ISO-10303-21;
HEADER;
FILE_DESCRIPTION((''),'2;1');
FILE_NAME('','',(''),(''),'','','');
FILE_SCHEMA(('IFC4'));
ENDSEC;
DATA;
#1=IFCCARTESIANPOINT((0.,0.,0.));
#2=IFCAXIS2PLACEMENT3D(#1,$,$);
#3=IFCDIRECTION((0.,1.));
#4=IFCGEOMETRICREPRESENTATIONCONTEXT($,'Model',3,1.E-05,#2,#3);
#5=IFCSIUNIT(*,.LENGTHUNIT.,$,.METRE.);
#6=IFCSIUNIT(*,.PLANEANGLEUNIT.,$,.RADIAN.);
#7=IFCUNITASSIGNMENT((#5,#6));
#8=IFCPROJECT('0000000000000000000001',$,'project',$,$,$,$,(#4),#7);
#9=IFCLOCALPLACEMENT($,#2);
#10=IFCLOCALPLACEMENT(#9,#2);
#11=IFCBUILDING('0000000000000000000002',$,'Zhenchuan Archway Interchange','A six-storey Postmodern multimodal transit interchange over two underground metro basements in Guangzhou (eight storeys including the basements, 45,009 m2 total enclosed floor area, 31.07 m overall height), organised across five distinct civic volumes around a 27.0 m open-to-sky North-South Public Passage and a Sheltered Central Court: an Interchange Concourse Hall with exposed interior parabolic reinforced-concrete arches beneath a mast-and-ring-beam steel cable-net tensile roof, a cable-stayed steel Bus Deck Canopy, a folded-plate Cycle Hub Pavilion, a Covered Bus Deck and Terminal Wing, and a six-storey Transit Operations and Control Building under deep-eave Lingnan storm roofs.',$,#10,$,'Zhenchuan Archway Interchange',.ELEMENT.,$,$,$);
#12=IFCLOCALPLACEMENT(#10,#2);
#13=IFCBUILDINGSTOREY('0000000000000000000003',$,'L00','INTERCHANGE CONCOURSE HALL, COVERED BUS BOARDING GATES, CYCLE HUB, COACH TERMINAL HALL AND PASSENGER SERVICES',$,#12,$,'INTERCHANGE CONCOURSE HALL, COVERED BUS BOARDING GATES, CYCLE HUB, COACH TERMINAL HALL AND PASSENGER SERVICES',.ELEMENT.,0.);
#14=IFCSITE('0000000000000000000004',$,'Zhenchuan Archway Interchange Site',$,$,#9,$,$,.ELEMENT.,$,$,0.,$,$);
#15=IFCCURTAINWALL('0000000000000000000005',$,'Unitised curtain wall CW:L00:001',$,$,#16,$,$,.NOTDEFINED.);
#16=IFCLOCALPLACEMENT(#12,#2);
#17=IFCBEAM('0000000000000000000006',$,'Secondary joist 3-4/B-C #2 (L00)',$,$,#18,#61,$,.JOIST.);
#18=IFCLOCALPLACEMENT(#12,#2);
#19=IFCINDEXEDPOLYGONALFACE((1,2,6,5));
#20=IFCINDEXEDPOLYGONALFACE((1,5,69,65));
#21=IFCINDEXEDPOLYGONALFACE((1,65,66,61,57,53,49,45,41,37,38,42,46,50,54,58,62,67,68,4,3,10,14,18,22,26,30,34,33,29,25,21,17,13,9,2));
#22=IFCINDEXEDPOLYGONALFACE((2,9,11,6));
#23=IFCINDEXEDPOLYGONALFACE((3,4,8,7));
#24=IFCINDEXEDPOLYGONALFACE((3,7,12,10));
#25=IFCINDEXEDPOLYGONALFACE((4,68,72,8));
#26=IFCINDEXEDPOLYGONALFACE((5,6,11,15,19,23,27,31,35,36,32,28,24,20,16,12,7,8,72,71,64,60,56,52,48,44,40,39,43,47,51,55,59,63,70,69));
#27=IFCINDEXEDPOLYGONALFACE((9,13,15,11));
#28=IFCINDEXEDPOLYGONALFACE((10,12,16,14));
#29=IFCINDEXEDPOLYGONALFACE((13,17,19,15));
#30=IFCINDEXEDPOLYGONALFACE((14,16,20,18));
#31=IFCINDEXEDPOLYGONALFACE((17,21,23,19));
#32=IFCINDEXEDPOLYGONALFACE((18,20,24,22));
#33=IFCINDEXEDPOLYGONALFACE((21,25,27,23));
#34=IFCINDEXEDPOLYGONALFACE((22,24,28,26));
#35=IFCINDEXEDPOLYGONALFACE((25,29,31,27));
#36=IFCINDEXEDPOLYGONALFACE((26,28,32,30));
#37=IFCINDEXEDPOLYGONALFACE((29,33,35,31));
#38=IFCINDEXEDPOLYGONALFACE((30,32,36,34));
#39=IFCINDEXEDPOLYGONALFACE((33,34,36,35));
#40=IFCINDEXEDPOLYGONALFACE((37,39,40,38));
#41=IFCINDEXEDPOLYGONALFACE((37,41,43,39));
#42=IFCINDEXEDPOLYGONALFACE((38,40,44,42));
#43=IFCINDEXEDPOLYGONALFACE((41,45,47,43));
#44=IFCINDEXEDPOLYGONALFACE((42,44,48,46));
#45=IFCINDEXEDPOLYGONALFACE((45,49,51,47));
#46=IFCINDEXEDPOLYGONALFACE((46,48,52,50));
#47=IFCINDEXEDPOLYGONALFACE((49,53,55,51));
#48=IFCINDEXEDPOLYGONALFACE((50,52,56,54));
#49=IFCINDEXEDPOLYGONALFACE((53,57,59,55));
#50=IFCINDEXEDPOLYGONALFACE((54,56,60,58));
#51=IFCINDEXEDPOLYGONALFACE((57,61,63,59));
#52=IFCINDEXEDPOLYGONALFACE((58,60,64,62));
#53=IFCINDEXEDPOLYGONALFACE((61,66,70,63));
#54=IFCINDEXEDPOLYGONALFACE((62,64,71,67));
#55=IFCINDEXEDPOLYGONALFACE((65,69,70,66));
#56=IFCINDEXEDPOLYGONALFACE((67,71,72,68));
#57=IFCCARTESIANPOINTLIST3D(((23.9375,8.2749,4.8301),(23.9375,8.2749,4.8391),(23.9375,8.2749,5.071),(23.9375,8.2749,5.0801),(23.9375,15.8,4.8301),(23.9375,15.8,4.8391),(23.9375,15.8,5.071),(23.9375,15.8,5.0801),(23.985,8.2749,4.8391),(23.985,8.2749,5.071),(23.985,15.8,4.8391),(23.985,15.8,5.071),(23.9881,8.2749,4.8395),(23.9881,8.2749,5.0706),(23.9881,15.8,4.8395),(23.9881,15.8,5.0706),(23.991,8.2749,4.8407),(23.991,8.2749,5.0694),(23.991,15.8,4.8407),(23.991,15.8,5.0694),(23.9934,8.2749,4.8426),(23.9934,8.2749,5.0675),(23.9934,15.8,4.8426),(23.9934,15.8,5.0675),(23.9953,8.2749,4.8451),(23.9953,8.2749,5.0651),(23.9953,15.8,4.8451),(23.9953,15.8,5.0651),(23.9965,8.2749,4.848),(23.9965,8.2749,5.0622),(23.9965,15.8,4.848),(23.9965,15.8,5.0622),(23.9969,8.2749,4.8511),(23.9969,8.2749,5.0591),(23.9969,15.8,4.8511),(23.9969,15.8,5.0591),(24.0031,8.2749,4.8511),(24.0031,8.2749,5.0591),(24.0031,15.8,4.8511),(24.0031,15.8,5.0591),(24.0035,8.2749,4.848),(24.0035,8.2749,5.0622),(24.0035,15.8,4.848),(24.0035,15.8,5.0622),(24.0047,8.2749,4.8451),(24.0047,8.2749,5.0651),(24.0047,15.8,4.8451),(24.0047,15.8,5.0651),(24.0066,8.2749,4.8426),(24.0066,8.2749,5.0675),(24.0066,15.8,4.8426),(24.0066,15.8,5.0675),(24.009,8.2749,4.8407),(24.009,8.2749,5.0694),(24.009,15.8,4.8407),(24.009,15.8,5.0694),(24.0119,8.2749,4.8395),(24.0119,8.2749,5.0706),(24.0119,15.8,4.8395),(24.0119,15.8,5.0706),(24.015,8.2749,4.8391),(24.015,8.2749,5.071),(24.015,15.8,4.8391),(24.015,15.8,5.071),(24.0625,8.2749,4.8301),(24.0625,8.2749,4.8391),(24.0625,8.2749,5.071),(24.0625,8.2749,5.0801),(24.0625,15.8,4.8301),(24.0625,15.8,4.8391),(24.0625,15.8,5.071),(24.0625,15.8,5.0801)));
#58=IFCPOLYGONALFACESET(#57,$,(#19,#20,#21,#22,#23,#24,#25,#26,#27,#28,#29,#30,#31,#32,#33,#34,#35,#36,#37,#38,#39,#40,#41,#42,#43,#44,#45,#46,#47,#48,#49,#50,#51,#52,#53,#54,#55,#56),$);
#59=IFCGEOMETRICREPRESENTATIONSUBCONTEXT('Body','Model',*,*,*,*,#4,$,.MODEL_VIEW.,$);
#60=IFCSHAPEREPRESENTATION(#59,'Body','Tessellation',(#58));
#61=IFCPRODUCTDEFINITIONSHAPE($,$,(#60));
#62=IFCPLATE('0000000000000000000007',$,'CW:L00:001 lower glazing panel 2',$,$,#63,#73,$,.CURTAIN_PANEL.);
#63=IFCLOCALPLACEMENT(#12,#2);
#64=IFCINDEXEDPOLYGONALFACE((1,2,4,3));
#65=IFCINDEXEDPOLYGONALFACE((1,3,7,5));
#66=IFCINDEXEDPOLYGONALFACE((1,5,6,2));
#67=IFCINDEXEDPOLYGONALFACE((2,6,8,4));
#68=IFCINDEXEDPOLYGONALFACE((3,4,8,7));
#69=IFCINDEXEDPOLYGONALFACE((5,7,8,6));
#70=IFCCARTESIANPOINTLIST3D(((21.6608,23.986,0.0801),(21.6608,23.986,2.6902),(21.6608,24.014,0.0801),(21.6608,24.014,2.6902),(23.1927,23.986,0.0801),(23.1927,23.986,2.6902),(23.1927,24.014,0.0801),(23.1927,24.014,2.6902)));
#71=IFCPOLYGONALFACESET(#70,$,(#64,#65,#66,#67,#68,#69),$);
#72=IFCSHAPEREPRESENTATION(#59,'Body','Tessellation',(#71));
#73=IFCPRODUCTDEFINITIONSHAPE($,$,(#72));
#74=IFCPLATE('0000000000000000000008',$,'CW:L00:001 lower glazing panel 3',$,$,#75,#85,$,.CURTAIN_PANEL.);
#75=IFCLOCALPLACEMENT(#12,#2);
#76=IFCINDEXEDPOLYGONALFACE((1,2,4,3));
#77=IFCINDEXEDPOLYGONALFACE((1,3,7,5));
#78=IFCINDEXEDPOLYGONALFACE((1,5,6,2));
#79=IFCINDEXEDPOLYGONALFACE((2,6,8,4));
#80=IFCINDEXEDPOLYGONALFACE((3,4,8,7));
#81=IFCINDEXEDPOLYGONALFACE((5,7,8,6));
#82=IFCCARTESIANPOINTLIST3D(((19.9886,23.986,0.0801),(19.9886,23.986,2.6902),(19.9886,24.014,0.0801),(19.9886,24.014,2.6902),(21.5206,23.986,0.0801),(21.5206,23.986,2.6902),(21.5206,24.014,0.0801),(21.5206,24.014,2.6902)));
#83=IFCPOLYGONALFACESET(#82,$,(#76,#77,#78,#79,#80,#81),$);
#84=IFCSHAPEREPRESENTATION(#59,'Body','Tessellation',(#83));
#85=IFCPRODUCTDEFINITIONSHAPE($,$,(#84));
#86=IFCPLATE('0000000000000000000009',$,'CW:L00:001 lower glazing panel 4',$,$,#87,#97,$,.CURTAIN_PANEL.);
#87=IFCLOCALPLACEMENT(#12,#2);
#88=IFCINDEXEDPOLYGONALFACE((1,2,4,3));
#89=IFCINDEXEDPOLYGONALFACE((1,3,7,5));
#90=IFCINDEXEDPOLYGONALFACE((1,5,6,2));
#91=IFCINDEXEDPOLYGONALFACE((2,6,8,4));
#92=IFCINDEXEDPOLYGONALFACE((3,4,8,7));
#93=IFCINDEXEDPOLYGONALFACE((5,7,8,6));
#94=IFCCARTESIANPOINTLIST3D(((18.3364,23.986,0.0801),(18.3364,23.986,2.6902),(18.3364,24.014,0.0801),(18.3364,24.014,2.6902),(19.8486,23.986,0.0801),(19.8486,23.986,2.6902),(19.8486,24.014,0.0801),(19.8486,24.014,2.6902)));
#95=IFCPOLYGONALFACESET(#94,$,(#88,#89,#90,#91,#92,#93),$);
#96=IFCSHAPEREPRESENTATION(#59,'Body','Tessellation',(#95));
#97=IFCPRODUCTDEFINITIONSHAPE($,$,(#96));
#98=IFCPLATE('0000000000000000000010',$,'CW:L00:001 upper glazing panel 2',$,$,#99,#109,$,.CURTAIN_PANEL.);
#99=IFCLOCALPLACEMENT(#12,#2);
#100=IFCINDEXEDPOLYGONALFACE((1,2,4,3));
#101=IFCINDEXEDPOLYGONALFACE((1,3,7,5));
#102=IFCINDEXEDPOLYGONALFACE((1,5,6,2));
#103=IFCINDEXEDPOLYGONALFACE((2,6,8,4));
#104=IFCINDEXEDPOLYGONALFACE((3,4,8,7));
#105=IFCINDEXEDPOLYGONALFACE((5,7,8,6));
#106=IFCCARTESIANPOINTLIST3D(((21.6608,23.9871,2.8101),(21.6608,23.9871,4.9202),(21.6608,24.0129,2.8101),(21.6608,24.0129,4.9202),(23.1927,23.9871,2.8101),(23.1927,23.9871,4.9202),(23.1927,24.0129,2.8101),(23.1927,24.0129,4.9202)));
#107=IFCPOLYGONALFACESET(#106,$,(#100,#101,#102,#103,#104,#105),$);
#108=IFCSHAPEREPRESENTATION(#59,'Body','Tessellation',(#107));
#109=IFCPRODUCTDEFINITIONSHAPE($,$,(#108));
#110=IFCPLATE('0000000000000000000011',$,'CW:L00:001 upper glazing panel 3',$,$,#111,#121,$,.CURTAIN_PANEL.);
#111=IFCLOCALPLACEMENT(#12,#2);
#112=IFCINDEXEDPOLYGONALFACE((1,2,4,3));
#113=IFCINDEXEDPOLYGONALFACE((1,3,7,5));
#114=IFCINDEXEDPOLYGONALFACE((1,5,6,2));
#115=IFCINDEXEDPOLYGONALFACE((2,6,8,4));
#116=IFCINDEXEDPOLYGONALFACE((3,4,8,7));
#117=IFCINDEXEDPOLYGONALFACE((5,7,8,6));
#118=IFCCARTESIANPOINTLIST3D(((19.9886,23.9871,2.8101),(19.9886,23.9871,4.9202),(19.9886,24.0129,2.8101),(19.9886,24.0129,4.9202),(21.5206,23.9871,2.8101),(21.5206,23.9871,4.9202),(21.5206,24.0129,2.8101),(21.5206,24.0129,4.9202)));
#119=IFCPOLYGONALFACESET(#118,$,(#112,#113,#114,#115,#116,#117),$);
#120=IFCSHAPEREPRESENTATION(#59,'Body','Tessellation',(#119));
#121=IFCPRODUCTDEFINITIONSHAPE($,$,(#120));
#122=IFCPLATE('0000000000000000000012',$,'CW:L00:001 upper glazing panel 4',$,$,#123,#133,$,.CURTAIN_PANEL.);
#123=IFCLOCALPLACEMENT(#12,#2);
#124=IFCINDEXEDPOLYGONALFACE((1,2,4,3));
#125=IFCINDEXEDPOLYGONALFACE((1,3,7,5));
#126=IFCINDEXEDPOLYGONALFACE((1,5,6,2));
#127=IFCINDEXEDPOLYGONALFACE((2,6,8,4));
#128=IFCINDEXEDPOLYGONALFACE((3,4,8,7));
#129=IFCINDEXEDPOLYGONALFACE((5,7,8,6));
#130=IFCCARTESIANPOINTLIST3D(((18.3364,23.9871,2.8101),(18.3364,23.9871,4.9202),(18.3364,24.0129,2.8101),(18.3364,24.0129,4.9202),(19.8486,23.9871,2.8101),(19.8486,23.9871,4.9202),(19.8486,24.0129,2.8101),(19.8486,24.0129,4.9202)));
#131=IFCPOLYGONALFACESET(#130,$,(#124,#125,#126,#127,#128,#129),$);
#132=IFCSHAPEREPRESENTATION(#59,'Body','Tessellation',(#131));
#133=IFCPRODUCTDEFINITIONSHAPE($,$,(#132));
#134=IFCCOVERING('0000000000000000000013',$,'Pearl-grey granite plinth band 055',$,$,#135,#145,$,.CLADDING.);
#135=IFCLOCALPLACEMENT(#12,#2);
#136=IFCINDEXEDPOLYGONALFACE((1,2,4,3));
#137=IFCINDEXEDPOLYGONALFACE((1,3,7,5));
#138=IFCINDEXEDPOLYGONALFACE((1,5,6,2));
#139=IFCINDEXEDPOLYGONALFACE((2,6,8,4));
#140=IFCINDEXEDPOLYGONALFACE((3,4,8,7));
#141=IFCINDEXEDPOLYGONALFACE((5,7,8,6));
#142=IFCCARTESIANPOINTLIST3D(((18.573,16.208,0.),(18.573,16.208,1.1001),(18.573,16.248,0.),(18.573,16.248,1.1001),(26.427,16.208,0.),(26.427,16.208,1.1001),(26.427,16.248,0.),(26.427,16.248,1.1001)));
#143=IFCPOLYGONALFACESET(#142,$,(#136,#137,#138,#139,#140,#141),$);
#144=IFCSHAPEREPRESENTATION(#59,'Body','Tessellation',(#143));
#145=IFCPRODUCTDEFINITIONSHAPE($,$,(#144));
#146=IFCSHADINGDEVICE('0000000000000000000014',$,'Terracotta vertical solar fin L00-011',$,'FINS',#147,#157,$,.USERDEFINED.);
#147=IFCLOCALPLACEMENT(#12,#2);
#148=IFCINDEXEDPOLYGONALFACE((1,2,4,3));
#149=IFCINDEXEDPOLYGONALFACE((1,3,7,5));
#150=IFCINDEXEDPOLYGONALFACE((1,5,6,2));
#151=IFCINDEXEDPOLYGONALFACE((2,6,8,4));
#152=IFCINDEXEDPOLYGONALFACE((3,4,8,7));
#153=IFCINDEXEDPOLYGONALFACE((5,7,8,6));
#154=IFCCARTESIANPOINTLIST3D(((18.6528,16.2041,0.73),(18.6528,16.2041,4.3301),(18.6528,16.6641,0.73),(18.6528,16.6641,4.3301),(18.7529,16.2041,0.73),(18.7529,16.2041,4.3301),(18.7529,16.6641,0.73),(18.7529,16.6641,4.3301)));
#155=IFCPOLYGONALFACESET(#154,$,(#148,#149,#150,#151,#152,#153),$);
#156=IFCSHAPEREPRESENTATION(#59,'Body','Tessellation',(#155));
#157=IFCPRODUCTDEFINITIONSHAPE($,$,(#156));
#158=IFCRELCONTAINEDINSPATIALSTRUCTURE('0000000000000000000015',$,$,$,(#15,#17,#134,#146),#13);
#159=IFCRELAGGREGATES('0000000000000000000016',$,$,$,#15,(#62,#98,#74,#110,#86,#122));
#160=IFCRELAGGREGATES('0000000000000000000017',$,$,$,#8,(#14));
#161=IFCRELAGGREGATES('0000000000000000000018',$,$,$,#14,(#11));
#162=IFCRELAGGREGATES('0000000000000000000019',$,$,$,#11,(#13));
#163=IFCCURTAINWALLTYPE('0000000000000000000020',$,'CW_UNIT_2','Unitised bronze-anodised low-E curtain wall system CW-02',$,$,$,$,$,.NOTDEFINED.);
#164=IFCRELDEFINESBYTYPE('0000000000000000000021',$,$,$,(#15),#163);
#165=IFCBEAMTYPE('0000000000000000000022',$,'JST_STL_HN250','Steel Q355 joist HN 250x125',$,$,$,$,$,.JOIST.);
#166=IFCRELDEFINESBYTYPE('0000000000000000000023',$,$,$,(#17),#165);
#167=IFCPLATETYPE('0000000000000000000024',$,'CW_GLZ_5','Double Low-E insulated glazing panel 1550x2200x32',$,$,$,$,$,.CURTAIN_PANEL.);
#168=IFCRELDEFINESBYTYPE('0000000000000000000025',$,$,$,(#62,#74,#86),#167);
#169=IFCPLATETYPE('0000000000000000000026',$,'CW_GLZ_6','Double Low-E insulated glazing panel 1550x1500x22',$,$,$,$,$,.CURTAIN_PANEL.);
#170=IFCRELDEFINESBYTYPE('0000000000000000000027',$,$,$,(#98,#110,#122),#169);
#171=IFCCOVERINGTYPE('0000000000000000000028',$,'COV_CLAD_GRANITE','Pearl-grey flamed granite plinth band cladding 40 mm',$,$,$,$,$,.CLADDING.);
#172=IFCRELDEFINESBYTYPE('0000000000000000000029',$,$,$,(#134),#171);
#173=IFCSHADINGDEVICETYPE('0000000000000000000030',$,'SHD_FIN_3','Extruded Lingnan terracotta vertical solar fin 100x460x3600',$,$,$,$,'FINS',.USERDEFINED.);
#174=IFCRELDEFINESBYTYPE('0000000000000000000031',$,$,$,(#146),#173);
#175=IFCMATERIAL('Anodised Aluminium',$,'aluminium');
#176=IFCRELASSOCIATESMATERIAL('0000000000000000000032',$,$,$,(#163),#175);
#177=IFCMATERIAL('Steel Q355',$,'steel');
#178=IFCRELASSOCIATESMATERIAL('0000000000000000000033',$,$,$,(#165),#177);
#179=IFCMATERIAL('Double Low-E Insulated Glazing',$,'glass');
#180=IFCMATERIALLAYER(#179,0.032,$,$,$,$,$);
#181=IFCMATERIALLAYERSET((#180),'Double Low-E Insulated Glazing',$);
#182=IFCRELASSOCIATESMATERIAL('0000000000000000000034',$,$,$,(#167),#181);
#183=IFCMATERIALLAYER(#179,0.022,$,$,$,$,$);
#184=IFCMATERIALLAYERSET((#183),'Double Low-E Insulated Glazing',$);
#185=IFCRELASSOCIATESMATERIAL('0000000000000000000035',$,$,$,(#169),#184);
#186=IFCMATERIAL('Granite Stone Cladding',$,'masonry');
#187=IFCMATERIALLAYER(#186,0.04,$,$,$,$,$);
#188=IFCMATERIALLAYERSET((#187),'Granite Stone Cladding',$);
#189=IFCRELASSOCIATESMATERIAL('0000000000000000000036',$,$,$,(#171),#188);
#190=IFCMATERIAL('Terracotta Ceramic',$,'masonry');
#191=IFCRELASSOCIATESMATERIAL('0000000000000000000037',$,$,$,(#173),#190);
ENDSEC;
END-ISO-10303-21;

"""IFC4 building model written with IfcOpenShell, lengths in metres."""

from ifc_helpers import new_model, si_unit, direction, frame, origin, origin_2d, place, context, subcontext, project, spatial, rectangle, i_section, extrude, material, layer, layer_set, material_profile, profile_set, type_object, element, aggregate, save


model = new_model("IFC4")

# Units and contexts
model_context = context("Model", 3, precision=1e-05, world=origin(), true_north=direction((0.0, 1.0)))
body_context = subcontext(model_context, "Body", "Model", "MODEL_VIEW")
ifc_project = project(units=[si_unit("LENGTHUNIT", "METRE"), si_unit("PLANEANGLEUNIT", "RADIAN")], contexts=[model_context])

# Site, building, storey
site_placement = place(None, origin())
site = spatial("IfcSite", under=ifc_project, at=site_placement, Name="Zhenchuan Archway Interchange Site", CompositionType="ELEMENT", RefElevation=0.0)
building_placement = place(site_placement, origin())
building = spatial("IfcBuilding", under=site, at=building_placement, Name="Zhenchuan Archway Interchange", Description="A six-storey Postmodern multimodal transit interchange over two underground metro basements in Guangzhou (eight storeys including the basements, 45,009 m2 total enclosed floor area, 31.07 m overall height), organised across five distinct civic volumes around a 27.0 m open-to-sky North-South Public Passage and a Sheltered Central Court: an Interchange Concourse Hall with exposed interior parabolic reinforced-concrete arches beneath a mast-and-ring-beam steel cable-net tensile roof, a cable-stayed steel Bus Deck Canopy, a folded-plate Cycle Hub Pavilion, a Covered Bus Deck and Terminal Wing, and a six-storey Transit Operations and Control Building under deep-eave Lingnan storm roofs.", LongName="Zhenchuan Archway Interchange", CompositionType="ELEMENT")
storey_placement = place(building_placement, origin())
storey = spatial("IfcBuildingStorey", under=building, at=storey_placement, Name="L00", Description="INTERCHANGE CONCOURSE HALL, COVERED BUS BOARDING GATES, CYCLE HUB, COACH TERMINAL HALL AND PASSENGER SERVICES", LongName="INTERCHANGE CONCOURSE HALL, COVERED BUS BOARDING GATES, CYCLE HUB, COACH TERMINAL HALL AND PASSENGER SERVICES", CompositionType="ELEMENT", Elevation=0.0)

# Curtain wall
ifc_material_1 = material(Name="Anodised Aluminium", Category="aluminium")
curtain_wall_type = type_object("IfcCurtainWallType", Name="CW_UNIT_2", Description="Unitised bronze-anodised low-E curtain wall system CW-02", PredefinedType="NOTDEFINED", material=ifc_material_1)
curtain_wall_placement = place(storey_placement, origin())
curtain_wall = element("IfcCurtainWall", 1, at=curtain_wall_placement, inside=storey, type_object=curtain_wall_type, Name="Unitised curtain wall CW:L00:001", PredefinedType="NOTDEFINED")

# Beam
ifc_material_2 = material(Name="Steel Q355", Category="steel")
ifc_material_profile_1 = material_profile(ifc_material_2, i_section(OverallWidth=0.125, OverallDepth=0.25, WebThickness=0.0061, FlangeThickness=0.009, FilletRadius=0.012, at=origin_2d()), Name="HN 250x125")
ifc_profile_set_1 = profile_set([ifc_material_profile_1], Name="Steel Q355")
beam_type = type_object("IfcBeamType", Name="JST_STL_HN250", Description="Steel Q355 joist HN 250x125", PredefinedType="JOIST", material=ifc_profile_set_1)
for number, where, z_axis, x_axis, name in (
    (2, (24.0, 8.2749, 4.9551), (0.0, 1.0, 0.0), (-1.0, 0.0, 0.0), "Secondary joist 3-4/B-C #2 (L00)"),
):
    element("IfcBeam", number, at=place(storey_placement, frame(where, z_axis=z_axis, x_axis=x_axis)), inside=storey, type_object=beam_type, Name=name, PredefinedType="JOIST", context=body_context, shape_type="SweptSolid", body=[
        extrude(i_section(OverallWidth=0.125, OverallDepth=0.25, WebThickness=0.0061, FlangeThickness=0.009, FilletRadius=0.012, at=origin_2d()), origin(), (0.0, 0.0, 1.0), 7.5251),
    ])

# Plates
ifc_material_3 = material(Name="Double Low-E Insulated Glazing", Category="glass")
ifc_layer_1 = layer(ifc_material_3, 0.032)
ifc_layer_set_1 = layer_set([ifc_layer_1], Name="Double Low-E Insulated Glazing")
plate_type_1 = type_object("IfcPlateType", Name="CW_GLZ_5", Description="Double Low-E insulated glazing panel 1550x2200x32", PredefinedType="CURTAIN_PANEL", material=ifc_layer_set_1)
plate_1_placement = place(storey_placement, frame((22.4268, 24.0, 0.0801), z_axis=(0.0, 0.0, 1.0), x_axis=(-1.0, 0.0, 0.0)))
plate_1 = element("IfcPlate", 3, at=plate_1_placement, type_object=plate_type_1, Name="CW:L00:001 lower glazing panel 2", PredefinedType="CURTAIN_PANEL", context=body_context, shape_type="SweptSolid", body=[
    extrude(rectangle(XDim=1.532, YDim=0.0281, at=origin_2d()), origin(), (0.0, 0.0, 1.0), 2.6101),
])
plate_2_placement = place(storey_placement, frame((20.7546, 24.0, 0.0801), z_axis=(0.0, 0.0, 1.0), x_axis=(-1.0, 0.0, 0.0)))
plate_2 = element("IfcPlate", 4, at=plate_2_placement, type_object=plate_type_1, Name="CW:L00:001 lower glazing panel 3", PredefinedType="CURTAIN_PANEL", context=body_context, shape_type="SweptSolid", body=[
    extrude(rectangle(XDim=1.532, YDim=0.0281, at=origin_2d()), origin(), (0.0, 0.0, 1.0), 2.6101),
])
plate_3_placement = place(storey_placement, frame((19.0925, 24.0, 0.0801), z_axis=(0.0, 0.0, 1.0), x_axis=(-1.0, 0.0, 0.0)))
plate_3 = element("IfcPlate", 5, at=plate_3_placement, type_object=plate_type_1, Name="CW:L00:001 lower glazing panel 4", PredefinedType="CURTAIN_PANEL", context=body_context, shape_type="SweptSolid", body=[
    extrude(rectangle(XDim=1.5122, YDim=0.0281, at=origin_2d()), origin(), (0.0, 0.0, 1.0), 2.6101),
])
ifc_layer_2 = layer(ifc_material_3, 0.022)
ifc_layer_set_2 = layer_set([ifc_layer_2], Name="Double Low-E Insulated Glazing")
plate_type_2 = type_object("IfcPlateType", Name="CW_GLZ_6", Description="Double Low-E insulated glazing panel 1550x1500x22", PredefinedType="CURTAIN_PANEL", material=ifc_layer_set_2)
plate_4_placement = place(storey_placement, frame((22.4268, 24.0, 2.8101), z_axis=(0.0, 0.0, 1.0), x_axis=(-1.0, 0.0, 0.0)))
plate_4 = element("IfcPlate", 6, at=plate_4_placement, type_object=plate_type_2, Name="CW:L00:001 upper glazing panel 2", PredefinedType="CURTAIN_PANEL", context=body_context, shape_type="SweptSolid", body=[
    extrude(rectangle(XDim=1.532, YDim=0.0259, at=origin_2d()), origin(), (0.0, 0.0, 1.0), 2.1101),
])
plate_5_placement = place(storey_placement, frame((20.7546, 24.0, 2.8101), z_axis=(0.0, 0.0, 1.0), x_axis=(-1.0, 0.0, 0.0)))
plate_5 = element("IfcPlate", 7, at=plate_5_placement, type_object=plate_type_2, Name="CW:L00:001 upper glazing panel 3", PredefinedType="CURTAIN_PANEL", context=body_context, shape_type="SweptSolid", body=[
    extrude(rectangle(XDim=1.532, YDim=0.0259, at=origin_2d()), origin(), (0.0, 0.0, 1.0), 2.1101),
])
plate_6_placement = place(storey_placement, frame((19.0925, 24.0, 2.8101), z_axis=(0.0, 0.0, 1.0), x_axis=(-1.0, 0.0, 0.0)))
plate_6 = element("IfcPlate", 8, at=plate_6_placement, type_object=plate_type_2, Name="CW:L00:001 upper glazing panel 4", PredefinedType="CURTAIN_PANEL", context=body_context, shape_type="SweptSolid", body=[
    extrude(rectangle(XDim=1.5122, YDim=0.0259, at=origin_2d()), origin(), (0.0, 0.0, 1.0), 2.1101),
])
aggregate(curtain_wall, [plate_1, plate_4, plate_2, plate_5, plate_3, plate_6])

# Covering
ifc_material_4 = material(Name="Granite Stone Cladding", Category="masonry")
ifc_layer_3 = layer(ifc_material_4, 0.04)
ifc_layer_set_3 = layer_set([ifc_layer_3], Name="Granite Stone Cladding")
covering_type = type_object("IfcCoveringType", Name="COV_CLAD_GRANITE", Description="Pearl-grey flamed granite plinth band cladding 40 mm", PredefinedType="CLADDING", material=ifc_layer_set_3)
covering_placement = place(storey_placement, frame((22.5, 16.228, 0.0), z_axis=(0.0, 0.0, 1.0), x_axis=(1.0, 0.0, 0.0)))
element("IfcCovering", 9, at=covering_placement, inside=storey, type_object=covering_type, Name="Pearl-grey granite plinth band 055", PredefinedType="CLADDING", context=body_context, shape_type="SweptSolid", body=[
    extrude(rectangle(XDim=7.854, YDim=0.04, at=origin_2d()), origin(), (0.0, 0.0, 1.0), 1.1001),
])

# Shading device
ifc_material_5 = material(Name="Terracotta Ceramic", Category="masonry")
shading_device_type = type_object("IfcShadingDeviceType", Name="SHD_FIN_3", Description="Extruded Lingnan terracotta vertical solar fin 100x460x3600", ElementType="FINS", PredefinedType="USERDEFINED", material=ifc_material_5)
shading_device_placement = place(storey_placement, frame((18.7029, 16.4341, 0.73), z_axis=(0.0, 0.0, 1.0), x_axis=(1.0, 0.0, 0.0)))
element("IfcShadingDevice", 10, at=shading_device_placement, inside=storey, type_object=shading_device_type, Name="Terracotta vertical solar fin L00-011", ObjectType="FINS", PredefinedType="USERDEFINED", context=body_context, shape_type="SweptSolid", body=[
    extrude(rectangle(XDim=0.1001, YDim=0.46, at=origin_2d()), origin(), (0.0, 0.0, 1.0), 3.6001),
])

save(model, "model.ifc")
